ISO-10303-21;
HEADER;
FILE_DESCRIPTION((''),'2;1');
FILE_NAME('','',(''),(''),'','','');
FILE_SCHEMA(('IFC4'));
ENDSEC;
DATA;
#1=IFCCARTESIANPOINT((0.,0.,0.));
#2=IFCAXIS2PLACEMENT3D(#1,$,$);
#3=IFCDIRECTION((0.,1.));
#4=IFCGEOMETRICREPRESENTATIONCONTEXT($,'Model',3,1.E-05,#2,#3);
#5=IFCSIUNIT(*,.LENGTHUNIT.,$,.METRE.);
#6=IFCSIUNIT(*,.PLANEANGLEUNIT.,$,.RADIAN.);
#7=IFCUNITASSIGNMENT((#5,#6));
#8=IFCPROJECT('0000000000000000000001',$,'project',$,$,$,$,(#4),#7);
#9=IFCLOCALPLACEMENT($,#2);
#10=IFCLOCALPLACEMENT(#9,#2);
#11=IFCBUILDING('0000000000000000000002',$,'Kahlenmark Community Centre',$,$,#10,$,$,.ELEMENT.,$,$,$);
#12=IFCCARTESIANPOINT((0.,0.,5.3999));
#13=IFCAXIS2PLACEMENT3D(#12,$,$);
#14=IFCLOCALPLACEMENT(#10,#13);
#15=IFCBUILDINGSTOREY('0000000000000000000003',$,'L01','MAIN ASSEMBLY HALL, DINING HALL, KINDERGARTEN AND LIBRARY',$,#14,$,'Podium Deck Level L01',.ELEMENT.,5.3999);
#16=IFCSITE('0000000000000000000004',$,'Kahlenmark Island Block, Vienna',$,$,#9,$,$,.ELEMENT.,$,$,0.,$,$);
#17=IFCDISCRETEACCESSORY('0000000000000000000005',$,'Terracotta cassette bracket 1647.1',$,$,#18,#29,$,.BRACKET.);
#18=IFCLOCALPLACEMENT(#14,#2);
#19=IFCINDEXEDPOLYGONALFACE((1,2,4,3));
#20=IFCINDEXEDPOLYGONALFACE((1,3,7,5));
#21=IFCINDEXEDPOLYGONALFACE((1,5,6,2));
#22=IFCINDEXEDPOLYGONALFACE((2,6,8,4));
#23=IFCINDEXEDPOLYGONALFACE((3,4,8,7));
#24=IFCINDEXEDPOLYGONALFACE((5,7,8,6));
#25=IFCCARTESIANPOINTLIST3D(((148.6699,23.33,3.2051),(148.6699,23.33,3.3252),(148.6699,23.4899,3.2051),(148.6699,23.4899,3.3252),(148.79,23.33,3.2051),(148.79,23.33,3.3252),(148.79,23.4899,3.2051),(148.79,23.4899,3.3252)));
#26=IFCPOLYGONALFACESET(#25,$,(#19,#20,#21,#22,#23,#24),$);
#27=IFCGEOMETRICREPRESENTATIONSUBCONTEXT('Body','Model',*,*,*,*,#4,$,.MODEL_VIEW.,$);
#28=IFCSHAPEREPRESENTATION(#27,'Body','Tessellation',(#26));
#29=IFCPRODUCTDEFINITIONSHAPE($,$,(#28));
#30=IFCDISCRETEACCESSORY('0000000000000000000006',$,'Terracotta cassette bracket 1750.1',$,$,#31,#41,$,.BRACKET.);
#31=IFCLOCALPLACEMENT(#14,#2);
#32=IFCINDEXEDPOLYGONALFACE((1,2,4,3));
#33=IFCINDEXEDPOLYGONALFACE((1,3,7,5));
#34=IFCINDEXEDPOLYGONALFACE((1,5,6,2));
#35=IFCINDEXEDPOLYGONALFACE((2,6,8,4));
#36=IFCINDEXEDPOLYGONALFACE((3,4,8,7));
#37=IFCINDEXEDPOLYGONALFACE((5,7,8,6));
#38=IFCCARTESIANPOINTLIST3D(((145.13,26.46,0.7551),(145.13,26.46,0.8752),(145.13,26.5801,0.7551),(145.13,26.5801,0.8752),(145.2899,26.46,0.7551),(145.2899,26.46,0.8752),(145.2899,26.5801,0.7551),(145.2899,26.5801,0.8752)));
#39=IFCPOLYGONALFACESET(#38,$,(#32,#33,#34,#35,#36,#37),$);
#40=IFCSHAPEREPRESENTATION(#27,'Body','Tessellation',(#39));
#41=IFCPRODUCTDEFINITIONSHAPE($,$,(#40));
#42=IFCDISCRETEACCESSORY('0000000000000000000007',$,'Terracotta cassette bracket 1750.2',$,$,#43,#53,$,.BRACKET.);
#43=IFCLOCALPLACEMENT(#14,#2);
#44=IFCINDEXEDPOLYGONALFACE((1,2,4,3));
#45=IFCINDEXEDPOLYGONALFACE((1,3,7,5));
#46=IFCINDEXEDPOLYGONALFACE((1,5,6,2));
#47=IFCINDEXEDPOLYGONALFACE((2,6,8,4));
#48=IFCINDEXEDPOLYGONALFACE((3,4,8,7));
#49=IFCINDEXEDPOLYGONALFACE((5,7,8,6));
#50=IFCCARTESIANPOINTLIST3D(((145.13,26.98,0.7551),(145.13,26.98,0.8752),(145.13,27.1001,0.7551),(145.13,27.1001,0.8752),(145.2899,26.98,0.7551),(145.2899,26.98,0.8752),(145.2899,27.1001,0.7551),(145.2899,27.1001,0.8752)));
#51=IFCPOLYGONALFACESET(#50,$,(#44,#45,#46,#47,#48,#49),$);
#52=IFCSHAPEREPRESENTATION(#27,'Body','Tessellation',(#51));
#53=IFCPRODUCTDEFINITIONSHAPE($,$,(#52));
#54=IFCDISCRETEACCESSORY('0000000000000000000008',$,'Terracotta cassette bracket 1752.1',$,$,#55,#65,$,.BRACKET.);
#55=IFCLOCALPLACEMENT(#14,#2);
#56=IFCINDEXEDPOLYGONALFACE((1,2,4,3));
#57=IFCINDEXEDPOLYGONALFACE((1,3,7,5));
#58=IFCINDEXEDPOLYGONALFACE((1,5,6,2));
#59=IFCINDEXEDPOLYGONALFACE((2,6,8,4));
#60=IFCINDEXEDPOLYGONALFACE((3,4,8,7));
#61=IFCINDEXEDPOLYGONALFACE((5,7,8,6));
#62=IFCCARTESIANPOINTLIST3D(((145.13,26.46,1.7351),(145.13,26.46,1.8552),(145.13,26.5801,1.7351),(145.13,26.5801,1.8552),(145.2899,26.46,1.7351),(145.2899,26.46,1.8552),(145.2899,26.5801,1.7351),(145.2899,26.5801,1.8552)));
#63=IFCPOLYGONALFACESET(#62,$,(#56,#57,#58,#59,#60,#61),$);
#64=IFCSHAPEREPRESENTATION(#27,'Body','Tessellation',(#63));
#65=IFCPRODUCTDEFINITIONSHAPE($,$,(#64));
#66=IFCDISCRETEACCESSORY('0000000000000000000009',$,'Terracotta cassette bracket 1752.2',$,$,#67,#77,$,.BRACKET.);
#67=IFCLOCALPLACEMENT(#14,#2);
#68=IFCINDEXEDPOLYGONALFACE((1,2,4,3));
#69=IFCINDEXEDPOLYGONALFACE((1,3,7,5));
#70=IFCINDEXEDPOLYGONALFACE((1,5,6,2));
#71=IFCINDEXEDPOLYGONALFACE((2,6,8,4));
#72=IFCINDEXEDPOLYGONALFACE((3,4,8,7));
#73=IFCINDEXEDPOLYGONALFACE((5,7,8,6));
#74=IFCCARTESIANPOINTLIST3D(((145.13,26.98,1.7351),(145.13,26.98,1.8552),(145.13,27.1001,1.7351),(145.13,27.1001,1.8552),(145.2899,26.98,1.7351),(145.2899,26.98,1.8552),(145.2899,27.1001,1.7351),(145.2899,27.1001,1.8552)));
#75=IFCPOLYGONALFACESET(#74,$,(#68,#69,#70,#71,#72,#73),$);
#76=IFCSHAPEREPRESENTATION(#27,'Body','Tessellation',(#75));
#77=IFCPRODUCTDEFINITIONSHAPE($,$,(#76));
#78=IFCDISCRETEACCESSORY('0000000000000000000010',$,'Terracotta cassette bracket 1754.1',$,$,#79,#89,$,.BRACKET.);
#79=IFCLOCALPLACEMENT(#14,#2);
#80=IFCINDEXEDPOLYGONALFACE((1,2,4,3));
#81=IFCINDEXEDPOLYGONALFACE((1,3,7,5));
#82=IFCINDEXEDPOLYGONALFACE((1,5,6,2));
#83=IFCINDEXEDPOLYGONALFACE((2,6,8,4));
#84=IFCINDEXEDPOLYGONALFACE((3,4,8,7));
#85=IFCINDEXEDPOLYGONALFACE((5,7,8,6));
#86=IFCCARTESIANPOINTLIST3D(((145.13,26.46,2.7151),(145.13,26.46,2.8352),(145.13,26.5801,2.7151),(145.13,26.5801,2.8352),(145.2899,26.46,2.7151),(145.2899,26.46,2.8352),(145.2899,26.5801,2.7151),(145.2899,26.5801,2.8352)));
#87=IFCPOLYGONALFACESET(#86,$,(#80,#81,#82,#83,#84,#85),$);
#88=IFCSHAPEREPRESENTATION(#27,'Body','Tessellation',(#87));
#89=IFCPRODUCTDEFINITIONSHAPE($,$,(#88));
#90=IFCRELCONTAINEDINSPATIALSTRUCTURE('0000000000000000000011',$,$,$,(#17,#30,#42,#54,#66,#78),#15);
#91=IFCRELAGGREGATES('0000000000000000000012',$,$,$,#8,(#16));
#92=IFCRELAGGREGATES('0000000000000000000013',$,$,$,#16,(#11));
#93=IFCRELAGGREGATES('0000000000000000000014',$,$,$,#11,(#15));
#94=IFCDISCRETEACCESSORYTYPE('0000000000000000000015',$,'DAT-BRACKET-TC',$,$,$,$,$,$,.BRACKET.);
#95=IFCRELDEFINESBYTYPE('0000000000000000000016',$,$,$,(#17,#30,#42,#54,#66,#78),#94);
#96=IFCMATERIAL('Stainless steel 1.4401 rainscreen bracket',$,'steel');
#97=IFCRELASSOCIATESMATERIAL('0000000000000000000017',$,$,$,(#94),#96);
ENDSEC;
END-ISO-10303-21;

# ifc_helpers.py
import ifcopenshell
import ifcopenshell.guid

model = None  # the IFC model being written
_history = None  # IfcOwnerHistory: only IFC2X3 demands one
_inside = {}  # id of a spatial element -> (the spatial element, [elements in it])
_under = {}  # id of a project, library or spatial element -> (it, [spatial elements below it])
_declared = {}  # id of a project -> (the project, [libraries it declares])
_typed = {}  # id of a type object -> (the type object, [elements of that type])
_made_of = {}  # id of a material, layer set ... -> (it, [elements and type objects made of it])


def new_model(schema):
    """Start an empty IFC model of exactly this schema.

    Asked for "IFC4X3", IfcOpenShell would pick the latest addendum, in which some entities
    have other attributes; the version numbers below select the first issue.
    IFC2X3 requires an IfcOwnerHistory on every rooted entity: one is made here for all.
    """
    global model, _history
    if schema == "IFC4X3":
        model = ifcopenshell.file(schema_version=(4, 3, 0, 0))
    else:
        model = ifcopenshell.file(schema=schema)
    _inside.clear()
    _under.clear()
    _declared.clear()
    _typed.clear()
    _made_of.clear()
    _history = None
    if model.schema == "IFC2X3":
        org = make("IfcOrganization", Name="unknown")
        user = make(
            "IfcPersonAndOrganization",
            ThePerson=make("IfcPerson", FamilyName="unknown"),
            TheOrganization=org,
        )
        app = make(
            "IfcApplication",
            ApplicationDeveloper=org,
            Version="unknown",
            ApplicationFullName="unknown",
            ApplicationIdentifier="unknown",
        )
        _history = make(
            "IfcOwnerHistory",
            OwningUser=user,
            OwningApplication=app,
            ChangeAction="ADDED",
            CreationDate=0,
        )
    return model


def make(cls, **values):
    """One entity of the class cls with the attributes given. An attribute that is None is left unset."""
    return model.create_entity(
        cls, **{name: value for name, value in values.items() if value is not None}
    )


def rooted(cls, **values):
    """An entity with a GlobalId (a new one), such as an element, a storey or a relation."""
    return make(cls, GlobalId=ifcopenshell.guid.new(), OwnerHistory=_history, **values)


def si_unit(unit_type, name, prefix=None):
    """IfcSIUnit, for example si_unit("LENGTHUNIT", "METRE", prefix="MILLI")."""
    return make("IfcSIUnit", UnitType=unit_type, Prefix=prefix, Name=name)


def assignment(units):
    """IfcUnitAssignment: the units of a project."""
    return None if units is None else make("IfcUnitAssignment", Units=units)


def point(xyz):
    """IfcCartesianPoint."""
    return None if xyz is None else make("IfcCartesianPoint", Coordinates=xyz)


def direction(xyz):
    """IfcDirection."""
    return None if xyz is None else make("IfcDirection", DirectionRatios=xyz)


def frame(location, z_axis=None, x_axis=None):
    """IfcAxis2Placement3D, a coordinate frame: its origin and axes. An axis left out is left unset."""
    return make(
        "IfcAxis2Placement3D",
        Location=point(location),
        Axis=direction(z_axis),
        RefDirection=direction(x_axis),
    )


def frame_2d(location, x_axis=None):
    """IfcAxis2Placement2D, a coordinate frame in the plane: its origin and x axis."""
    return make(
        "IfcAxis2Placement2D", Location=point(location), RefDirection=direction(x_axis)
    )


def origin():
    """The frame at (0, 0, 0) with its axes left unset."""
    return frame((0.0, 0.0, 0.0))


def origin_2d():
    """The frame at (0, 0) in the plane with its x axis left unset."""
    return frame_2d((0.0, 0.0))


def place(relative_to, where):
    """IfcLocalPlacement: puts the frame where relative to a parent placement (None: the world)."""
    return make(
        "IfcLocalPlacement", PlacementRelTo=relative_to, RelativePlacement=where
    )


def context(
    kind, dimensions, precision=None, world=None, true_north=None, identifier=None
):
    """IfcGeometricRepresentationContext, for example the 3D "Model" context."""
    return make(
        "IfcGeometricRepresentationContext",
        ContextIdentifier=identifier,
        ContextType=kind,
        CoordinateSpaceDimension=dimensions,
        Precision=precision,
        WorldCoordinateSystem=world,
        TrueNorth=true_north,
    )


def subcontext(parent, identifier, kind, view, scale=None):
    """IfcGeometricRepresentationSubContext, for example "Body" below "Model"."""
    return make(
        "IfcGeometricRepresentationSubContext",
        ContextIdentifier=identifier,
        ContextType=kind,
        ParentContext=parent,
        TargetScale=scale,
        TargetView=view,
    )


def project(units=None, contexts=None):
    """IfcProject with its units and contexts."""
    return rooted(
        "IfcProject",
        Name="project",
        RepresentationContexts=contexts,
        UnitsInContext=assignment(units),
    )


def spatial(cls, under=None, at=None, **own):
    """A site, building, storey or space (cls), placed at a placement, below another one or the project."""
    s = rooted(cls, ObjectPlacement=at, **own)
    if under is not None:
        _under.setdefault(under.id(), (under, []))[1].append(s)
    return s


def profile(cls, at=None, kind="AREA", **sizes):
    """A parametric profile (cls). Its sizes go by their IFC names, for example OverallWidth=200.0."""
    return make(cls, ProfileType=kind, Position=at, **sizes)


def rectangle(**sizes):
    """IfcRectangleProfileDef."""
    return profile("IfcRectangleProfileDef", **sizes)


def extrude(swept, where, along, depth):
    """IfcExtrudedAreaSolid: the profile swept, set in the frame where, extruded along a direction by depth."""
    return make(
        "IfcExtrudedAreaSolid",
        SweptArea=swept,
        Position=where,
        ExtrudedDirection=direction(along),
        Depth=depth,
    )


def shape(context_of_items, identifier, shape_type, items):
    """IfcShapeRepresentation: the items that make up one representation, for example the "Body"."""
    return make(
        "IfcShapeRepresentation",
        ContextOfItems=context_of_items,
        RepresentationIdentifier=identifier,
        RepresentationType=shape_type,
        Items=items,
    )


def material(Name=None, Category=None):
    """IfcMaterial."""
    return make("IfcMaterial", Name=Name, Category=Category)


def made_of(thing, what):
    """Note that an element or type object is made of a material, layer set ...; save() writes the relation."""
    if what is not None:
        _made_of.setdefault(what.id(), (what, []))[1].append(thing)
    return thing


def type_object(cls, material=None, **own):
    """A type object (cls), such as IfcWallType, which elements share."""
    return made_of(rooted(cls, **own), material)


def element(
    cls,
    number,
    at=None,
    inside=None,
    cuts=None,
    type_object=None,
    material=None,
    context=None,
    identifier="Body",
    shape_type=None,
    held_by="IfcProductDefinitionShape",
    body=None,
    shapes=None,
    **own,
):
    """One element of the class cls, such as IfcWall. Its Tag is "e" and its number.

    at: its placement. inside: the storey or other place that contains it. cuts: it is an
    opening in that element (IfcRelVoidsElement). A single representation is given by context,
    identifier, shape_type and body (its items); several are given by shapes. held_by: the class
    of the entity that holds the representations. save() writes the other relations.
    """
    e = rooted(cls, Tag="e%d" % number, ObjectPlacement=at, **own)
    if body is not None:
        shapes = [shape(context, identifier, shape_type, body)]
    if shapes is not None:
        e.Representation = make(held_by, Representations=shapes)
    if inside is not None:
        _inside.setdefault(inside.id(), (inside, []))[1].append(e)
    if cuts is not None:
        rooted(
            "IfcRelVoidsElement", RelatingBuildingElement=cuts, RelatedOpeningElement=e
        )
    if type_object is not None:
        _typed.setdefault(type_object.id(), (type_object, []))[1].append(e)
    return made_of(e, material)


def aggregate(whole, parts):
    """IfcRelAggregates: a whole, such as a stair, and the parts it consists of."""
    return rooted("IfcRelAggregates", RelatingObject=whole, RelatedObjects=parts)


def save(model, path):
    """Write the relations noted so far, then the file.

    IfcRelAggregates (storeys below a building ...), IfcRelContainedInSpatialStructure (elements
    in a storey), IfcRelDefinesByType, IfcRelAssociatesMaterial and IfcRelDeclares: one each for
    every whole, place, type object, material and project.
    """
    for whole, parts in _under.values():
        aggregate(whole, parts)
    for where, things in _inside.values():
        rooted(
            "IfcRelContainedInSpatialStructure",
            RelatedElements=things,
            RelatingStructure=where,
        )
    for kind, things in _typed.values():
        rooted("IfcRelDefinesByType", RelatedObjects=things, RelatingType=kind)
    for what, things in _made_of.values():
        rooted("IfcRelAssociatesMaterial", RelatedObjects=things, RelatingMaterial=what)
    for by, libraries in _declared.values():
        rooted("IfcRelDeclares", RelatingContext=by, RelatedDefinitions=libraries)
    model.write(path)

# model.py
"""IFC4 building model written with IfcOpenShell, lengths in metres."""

from ifc_helpers import new_model, si_unit, direction, frame, origin, origin_2d, place, context, subcontext, project, spatial, rectangle, extrude, material, type_object, element, save


model = new_model("IFC4")

# Units and contexts
model_context = context("Model", 3, precision=1e-05, world=origin(), true_north=direction((0.0, 1.0)))
body_context = subcontext(model_context, "Body", "Model", "MODEL_VIEW")
ifc_project = project(units=[si_unit("LENGTHUNIT", "METRE"), si_unit("PLANEANGLEUNIT", "RADIAN")], contexts=[model_context])

# Site, building, storey
site_placement = place(None, origin())
site = spatial("IfcSite", under=ifc_project, at=site_placement, Name="Kahlenmark Island Block, Vienna", CompositionType="ELEMENT", RefElevation=0.0)
building_placement = place(site_placement, origin())
building = spatial("IfcBuilding", under=site, at=building_placement, Name="Kahlenmark Community Centre", CompositionType="ELEMENT")
storey_placement = place(building_placement, frame((0.0, 0.0, 5.3999)))
storey = spatial("IfcBuildingStorey", under=building, at=storey_placement, Name="L01", Description="MAIN ASSEMBLY HALL, DINING HALL, KINDERGARTEN AND LIBRARY", LongName="Podium Deck Level L01", CompositionType="ELEMENT", Elevation=5.3999)

# Discrete accessories
ifc_material_1 = material(Name="Stainless steel 1.4401 rainscreen bracket", Category="steel")
discrete_accessory_type = type_object("IfcDiscreteAccessoryType", Name="DAT-BRACKET-TC", PredefinedType="BRACKET", material=ifc_material_1)
for number, where, z_axis, x_axis, name in (
    (1, (148.73, 23.4099, 3.2051), (0.0, 0.0, 1.0), (-1.0, 0.0, 0.0), "Terracotta cassette bracket 1647.1"),
    (2, (145.21, 26.52, 0.7551), (0.0, 0.0, 1.0), (0.0, 1.0, 0.0), "Terracotta cassette bracket 1750.1"),
    (3, (145.21, 27.04, 0.7551), (0.0, 0.0, 1.0), (0.0, 1.0, 0.0), "Terracotta cassette bracket 1750.2"),
    (4, (145.21, 26.52, 1.7351), (0.0, 0.0, 1.0), (0.0, 1.0, 0.0), "Terracotta cassette bracket 1752.1"),
    (5, (145.21, 27.04, 1.7351), (0.0, 0.0, 1.0), (0.0, 1.0, 0.0), "Terracotta cassette bracket 1752.2"),
    (6, (145.21, 26.52, 2.7151), (0.0, 0.0, 1.0), (0.0, 1.0, 0.0), "Terracotta cassette bracket 1754.1"),
):
    element("IfcDiscreteAccessory", number, at=place(storey_placement, frame(where, z_axis=z_axis, x_axis=x_axis)), inside=storey, type_object=discrete_accessory_type, Name=name, PredefinedType="BRACKET", context=body_context, shape_type="SweptSolid", body=[
        extrude(rectangle(XDim=0.1201, YDim=0.1599, at=origin_2d()), origin(), (0.0, 0.0, 1.0), 0.1201),
    ])

save(model, "model.ifc")
